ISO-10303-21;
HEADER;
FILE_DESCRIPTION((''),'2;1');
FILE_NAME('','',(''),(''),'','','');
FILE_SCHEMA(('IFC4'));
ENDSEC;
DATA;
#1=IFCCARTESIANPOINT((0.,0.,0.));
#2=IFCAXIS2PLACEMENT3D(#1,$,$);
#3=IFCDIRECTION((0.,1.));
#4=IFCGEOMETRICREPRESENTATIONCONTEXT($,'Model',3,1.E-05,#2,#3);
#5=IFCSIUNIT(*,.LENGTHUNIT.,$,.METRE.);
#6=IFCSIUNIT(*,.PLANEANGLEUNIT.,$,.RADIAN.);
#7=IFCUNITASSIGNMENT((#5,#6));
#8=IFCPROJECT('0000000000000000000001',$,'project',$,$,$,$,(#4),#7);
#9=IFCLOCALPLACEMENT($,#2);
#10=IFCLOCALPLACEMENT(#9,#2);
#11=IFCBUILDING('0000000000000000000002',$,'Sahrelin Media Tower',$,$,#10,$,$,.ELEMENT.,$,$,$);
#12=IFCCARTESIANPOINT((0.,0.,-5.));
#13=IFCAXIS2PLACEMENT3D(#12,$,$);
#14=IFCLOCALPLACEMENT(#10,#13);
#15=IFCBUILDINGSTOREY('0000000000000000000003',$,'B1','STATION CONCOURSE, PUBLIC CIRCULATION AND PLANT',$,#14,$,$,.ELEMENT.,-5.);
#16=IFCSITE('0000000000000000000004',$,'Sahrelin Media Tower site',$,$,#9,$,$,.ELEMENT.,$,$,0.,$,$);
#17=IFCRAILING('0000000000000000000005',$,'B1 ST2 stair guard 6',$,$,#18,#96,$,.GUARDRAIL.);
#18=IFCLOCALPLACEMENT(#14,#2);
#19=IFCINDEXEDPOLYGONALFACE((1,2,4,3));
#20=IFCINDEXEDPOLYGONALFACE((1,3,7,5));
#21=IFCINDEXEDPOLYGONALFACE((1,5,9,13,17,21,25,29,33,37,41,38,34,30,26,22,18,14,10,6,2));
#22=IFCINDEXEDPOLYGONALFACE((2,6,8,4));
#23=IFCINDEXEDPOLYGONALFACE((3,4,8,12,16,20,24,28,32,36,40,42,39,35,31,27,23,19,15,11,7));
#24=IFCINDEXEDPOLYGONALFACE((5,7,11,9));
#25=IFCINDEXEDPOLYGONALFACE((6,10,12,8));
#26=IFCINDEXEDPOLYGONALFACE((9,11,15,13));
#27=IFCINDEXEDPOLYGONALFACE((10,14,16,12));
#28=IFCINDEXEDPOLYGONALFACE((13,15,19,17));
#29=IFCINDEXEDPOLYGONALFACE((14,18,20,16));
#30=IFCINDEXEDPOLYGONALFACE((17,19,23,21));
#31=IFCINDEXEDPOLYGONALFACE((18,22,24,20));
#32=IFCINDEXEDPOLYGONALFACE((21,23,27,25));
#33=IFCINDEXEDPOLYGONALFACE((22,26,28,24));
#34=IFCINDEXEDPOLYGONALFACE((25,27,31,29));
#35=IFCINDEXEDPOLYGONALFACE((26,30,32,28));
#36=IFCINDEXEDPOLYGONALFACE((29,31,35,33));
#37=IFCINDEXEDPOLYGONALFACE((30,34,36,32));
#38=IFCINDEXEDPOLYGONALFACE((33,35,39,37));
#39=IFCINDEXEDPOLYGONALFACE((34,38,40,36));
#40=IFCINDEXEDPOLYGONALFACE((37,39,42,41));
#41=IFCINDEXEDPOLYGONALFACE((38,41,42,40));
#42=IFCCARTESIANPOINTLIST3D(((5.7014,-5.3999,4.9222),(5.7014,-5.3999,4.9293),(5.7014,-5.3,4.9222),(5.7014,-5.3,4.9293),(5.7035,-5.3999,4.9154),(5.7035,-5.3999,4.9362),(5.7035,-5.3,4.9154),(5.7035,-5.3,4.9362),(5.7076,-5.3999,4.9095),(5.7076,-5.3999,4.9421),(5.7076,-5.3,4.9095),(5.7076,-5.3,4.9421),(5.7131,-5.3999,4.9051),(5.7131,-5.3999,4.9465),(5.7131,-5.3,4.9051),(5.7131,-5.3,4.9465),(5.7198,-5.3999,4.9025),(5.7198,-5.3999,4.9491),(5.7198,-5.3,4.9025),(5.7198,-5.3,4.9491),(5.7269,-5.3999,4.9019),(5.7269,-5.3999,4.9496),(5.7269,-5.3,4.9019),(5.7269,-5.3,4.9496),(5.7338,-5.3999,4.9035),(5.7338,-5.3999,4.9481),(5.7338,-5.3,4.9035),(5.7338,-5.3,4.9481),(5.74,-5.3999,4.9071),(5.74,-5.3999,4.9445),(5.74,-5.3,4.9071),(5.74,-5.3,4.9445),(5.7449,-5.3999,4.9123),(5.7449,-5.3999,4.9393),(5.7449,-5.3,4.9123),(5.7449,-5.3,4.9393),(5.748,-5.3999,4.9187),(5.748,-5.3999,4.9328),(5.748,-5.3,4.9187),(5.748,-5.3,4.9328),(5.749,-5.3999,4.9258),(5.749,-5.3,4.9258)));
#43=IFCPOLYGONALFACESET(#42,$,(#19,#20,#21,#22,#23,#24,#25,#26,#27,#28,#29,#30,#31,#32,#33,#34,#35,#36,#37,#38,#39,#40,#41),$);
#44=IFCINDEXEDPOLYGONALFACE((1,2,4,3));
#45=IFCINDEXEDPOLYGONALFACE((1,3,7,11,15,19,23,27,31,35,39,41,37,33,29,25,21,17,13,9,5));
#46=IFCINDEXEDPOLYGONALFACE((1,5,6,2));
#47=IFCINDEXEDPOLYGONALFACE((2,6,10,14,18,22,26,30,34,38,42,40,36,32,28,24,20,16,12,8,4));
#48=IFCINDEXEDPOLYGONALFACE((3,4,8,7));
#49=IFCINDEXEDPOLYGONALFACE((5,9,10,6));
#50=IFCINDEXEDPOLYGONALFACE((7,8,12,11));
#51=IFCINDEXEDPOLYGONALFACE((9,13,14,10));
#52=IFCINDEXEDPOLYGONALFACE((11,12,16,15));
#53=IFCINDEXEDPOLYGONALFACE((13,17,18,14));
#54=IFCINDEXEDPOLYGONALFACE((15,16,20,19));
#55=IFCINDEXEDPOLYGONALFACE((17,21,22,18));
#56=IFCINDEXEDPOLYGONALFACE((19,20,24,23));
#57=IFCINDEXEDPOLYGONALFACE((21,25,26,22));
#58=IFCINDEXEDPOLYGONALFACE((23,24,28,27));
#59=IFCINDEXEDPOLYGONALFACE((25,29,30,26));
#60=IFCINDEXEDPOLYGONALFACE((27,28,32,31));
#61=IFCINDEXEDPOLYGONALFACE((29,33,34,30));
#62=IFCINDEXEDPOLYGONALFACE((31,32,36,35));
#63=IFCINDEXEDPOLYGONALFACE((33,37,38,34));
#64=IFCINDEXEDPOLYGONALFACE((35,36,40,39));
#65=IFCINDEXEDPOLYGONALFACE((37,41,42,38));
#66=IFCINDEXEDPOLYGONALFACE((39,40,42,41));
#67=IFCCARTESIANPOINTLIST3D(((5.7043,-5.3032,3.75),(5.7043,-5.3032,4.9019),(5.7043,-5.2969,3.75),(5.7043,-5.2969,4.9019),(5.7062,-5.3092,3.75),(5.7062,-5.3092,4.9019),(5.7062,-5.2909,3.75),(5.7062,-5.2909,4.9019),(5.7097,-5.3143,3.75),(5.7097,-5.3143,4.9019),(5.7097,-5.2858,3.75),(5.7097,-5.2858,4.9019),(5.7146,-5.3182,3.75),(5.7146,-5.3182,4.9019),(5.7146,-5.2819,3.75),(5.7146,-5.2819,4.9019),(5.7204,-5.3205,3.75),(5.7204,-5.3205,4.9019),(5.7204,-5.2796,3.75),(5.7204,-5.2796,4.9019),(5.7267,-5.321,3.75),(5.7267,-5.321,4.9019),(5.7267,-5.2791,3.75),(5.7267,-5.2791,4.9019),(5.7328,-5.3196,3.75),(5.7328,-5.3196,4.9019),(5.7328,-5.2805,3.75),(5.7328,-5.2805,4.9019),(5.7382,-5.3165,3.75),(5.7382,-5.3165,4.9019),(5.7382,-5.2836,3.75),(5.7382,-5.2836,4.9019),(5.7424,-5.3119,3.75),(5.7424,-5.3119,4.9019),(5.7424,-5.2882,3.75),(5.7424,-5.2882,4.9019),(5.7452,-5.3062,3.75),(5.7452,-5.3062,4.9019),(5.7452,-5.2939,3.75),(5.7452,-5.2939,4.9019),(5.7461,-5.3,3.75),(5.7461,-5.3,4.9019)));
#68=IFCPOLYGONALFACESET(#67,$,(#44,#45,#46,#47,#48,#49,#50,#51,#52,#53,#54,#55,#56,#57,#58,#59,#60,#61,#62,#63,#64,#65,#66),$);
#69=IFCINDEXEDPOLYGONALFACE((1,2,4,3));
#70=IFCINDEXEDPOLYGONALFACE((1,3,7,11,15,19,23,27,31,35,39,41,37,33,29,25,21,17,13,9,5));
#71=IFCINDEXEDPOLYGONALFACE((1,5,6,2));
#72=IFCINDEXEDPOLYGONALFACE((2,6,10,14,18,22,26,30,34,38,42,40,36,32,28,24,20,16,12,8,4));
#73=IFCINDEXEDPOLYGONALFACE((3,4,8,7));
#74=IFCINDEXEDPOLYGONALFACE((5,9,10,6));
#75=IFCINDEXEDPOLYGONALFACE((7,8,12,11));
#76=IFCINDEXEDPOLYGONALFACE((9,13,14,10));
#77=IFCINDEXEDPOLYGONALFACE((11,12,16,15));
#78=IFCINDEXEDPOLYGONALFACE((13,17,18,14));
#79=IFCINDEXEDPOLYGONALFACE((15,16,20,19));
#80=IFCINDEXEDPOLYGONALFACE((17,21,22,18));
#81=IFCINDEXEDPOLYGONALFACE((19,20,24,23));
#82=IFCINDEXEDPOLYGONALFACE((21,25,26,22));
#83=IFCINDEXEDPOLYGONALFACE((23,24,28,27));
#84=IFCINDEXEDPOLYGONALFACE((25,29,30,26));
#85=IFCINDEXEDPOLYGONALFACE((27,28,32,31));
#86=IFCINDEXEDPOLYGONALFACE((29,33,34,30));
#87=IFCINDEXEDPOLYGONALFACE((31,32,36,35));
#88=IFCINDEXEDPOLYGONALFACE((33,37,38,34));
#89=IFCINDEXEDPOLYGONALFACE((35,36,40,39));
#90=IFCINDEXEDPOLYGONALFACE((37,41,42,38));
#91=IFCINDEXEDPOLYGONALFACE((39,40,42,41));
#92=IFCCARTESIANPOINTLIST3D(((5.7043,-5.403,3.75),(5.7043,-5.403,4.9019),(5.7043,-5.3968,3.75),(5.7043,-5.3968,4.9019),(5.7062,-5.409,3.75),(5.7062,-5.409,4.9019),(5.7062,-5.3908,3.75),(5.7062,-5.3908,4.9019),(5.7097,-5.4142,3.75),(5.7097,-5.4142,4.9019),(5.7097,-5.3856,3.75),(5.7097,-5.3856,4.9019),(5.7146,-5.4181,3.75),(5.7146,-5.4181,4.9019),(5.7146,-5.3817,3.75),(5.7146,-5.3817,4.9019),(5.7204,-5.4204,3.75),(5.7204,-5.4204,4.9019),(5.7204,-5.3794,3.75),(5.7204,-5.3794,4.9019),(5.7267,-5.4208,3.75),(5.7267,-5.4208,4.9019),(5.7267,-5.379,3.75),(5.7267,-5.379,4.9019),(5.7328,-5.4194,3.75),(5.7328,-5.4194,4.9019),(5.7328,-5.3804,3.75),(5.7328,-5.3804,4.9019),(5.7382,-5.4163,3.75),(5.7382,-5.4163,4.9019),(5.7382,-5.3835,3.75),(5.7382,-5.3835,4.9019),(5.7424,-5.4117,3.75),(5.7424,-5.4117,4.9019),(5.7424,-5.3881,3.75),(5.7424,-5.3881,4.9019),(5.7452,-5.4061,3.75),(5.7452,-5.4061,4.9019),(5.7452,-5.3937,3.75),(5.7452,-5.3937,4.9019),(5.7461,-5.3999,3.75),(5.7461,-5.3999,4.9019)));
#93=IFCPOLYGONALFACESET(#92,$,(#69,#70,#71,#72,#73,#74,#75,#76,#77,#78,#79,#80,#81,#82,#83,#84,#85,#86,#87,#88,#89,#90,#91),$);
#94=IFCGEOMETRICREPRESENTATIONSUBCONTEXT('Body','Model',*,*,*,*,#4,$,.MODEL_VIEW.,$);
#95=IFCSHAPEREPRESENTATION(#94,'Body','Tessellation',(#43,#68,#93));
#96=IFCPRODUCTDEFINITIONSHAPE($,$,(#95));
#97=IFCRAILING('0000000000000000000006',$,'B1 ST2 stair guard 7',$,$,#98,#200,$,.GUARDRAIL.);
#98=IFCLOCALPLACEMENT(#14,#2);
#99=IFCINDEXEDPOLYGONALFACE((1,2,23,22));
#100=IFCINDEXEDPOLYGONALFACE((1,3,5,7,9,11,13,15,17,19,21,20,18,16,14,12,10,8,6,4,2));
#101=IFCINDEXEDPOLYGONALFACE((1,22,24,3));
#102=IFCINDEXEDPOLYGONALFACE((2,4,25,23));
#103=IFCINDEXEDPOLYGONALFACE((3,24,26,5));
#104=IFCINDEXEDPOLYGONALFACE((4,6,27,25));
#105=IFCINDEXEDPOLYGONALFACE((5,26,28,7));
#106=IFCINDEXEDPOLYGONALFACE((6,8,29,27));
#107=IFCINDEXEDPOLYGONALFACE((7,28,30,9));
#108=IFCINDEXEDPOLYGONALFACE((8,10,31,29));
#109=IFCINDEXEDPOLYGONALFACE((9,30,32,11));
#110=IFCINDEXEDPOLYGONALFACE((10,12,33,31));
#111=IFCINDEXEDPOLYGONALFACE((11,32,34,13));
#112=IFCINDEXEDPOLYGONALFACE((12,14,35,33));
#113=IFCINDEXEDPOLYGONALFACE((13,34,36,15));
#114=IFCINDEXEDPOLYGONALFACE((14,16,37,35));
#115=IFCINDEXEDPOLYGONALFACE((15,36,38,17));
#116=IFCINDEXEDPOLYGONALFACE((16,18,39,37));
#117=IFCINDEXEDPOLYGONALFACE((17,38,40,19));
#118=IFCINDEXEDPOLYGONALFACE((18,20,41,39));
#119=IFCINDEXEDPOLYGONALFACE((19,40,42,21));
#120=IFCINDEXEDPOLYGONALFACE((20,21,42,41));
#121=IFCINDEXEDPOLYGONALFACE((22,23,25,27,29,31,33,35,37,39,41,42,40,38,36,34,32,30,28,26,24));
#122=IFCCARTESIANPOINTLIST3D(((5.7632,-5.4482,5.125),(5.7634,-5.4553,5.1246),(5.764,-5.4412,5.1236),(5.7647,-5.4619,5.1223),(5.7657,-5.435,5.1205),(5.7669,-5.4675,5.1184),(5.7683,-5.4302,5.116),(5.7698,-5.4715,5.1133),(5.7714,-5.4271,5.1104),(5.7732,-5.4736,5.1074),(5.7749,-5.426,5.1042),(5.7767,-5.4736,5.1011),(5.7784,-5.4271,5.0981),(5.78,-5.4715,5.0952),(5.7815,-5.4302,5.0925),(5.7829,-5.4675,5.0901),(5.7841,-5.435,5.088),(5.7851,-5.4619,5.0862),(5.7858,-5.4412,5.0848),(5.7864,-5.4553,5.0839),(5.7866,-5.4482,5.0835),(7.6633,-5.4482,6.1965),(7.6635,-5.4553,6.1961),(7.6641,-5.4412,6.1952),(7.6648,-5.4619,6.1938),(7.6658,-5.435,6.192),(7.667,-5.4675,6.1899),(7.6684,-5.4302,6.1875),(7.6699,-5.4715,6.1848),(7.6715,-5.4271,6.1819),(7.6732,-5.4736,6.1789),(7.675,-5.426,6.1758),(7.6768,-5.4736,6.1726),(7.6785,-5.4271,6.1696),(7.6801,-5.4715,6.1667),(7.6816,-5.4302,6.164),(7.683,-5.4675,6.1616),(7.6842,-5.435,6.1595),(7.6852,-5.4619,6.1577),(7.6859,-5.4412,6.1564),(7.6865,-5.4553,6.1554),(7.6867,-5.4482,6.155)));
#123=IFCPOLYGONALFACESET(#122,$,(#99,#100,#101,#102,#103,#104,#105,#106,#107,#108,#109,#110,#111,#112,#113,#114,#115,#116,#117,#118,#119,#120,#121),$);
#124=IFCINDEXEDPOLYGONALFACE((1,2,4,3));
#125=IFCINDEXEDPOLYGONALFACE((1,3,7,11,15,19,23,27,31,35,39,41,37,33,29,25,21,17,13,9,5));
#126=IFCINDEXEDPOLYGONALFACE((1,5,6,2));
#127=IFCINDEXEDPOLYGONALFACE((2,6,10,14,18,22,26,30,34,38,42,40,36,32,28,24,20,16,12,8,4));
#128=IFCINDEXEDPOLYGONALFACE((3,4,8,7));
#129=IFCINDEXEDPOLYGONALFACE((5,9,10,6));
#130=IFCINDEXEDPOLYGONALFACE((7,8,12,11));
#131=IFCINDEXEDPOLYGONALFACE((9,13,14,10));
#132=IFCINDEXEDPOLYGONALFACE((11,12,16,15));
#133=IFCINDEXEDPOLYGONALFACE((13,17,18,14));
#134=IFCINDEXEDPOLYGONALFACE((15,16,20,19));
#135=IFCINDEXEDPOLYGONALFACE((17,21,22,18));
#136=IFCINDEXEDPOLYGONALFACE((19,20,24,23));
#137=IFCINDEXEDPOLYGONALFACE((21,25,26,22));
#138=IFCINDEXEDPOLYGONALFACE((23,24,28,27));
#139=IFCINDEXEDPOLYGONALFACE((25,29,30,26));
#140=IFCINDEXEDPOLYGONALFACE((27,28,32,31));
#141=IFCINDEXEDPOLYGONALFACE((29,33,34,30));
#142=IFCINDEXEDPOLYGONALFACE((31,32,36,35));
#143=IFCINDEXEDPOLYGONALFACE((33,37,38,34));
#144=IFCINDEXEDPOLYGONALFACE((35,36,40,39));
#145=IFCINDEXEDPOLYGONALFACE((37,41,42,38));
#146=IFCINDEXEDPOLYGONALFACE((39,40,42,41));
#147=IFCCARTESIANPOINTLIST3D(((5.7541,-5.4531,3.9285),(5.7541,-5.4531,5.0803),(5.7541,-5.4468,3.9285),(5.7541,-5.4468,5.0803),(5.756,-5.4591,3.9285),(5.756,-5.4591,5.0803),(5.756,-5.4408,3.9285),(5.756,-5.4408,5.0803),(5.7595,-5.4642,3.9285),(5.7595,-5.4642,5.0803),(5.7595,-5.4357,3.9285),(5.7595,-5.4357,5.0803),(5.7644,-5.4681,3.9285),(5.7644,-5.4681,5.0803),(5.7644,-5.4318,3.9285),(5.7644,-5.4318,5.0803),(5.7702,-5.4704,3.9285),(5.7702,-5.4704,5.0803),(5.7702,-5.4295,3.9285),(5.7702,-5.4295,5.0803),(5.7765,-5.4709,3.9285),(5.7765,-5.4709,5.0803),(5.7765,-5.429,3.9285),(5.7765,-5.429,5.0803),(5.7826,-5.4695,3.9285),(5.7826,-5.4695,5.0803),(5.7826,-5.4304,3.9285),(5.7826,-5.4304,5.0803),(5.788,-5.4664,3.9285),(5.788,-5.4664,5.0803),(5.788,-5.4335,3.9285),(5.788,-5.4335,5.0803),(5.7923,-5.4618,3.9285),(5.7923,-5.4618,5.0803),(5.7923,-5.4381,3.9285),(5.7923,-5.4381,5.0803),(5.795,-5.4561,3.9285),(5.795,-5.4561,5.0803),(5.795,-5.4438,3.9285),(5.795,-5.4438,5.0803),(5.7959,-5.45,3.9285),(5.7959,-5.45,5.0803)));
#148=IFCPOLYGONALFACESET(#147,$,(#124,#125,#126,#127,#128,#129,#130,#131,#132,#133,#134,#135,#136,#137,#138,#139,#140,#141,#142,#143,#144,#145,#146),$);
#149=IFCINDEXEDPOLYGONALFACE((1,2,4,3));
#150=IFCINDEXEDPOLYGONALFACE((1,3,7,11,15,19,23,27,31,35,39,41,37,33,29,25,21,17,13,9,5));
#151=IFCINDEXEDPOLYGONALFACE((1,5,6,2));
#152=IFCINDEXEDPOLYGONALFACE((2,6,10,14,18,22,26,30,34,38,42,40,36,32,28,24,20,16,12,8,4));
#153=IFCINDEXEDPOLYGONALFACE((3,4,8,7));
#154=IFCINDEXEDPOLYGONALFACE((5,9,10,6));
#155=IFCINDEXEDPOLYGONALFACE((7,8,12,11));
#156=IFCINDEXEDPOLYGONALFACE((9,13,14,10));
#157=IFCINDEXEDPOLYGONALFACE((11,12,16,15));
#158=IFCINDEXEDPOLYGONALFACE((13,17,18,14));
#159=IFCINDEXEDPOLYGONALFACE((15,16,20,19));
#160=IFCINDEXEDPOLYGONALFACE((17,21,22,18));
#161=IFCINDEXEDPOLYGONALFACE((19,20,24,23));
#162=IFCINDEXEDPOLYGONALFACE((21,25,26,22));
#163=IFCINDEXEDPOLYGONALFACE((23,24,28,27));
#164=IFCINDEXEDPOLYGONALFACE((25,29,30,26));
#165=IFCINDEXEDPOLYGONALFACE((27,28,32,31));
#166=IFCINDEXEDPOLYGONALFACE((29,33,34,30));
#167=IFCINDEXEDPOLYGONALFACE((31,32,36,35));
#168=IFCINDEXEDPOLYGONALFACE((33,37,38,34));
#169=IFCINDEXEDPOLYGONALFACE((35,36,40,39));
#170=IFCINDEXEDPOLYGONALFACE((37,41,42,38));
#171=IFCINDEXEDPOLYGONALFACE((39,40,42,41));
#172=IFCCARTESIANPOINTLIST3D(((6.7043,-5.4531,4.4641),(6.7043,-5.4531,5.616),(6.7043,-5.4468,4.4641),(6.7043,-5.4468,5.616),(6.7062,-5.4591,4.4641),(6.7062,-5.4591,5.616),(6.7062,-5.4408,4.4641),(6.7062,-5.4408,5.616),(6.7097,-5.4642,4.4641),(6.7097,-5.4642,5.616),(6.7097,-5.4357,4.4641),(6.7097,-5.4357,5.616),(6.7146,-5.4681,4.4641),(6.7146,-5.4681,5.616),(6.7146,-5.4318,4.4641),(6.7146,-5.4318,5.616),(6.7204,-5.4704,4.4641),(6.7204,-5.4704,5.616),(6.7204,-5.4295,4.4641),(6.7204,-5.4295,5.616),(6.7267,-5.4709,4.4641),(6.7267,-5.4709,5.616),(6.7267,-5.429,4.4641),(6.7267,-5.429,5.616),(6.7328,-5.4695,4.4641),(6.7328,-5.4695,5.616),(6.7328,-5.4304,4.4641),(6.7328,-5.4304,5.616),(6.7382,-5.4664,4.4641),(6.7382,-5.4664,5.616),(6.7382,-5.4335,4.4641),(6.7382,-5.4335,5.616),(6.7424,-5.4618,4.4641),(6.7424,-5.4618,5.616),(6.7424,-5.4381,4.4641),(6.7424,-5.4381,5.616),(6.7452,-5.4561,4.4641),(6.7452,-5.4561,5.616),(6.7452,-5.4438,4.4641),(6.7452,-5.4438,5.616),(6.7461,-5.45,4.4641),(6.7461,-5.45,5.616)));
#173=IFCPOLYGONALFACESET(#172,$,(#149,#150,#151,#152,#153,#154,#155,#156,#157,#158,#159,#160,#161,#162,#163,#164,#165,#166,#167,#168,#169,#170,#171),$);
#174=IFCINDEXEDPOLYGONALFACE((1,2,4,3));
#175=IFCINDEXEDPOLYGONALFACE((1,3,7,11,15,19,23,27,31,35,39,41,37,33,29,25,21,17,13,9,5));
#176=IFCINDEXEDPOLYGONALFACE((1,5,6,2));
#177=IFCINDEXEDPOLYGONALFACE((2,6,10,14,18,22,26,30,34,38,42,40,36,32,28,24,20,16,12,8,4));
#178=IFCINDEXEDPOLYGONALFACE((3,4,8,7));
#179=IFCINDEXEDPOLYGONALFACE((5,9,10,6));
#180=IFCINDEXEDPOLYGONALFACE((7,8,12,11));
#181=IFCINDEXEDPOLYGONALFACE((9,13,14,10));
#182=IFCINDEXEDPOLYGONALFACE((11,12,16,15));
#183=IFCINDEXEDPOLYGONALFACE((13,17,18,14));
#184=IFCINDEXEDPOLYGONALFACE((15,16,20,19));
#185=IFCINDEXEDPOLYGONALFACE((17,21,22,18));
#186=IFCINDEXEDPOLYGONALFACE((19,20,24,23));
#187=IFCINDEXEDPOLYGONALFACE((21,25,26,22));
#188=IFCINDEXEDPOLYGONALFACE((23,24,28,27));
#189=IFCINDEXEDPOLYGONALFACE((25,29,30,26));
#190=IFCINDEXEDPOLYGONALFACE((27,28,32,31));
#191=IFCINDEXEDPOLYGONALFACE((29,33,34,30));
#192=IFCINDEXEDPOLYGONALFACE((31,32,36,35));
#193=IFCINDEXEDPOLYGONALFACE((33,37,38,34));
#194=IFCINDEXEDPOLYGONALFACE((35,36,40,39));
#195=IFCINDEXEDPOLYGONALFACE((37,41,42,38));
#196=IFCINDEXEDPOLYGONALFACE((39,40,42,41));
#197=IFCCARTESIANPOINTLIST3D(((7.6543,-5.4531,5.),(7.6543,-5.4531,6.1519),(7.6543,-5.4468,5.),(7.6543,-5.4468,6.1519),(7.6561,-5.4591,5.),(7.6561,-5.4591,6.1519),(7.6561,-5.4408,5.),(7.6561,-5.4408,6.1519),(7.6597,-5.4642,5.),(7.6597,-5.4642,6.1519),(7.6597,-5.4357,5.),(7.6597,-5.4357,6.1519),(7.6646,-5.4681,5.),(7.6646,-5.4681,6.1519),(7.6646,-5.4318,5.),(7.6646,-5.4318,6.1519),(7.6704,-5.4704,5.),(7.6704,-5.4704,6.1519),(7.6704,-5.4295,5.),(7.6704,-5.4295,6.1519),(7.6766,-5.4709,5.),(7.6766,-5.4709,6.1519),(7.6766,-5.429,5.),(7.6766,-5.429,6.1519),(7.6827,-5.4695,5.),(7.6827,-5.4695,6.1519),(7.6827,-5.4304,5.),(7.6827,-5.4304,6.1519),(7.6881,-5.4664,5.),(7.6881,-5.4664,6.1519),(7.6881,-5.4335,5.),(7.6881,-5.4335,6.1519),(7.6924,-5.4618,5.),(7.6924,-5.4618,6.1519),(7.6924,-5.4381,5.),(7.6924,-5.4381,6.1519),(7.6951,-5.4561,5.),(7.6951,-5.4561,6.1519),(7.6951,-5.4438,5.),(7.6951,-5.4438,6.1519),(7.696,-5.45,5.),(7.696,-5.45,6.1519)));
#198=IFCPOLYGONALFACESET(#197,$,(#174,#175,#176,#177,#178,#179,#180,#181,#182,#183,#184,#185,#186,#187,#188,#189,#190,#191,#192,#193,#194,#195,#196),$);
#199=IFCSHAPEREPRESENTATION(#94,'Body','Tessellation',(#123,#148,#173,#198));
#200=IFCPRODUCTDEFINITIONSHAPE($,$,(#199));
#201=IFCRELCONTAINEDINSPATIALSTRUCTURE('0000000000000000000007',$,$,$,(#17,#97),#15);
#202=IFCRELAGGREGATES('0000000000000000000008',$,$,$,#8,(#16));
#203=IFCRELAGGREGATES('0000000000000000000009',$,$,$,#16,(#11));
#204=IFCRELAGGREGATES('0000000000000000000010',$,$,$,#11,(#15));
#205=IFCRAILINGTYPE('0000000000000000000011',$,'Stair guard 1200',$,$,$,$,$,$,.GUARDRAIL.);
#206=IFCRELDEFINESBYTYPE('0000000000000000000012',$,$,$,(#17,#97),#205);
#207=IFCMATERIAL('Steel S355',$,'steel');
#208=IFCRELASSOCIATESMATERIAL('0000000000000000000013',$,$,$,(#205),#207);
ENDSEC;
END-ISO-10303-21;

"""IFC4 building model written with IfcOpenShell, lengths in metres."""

from ifc_helpers import new_model, si_unit, direction, frame, origin, origin_2d, place, context, subcontext, project, spatial, circle, extrude, material, type_object, element, save


model = new_model("IFC4")

# Units and contexts
model_context = context("Model", 3, precision=1e-05, world=origin(), true_north=direction((0.0, 1.0)))
body_context = subcontext(model_context, "Body", "Model", "MODEL_VIEW")
ifc_project = project(units=[si_unit("LENGTHUNIT", "METRE"), si_unit("PLANEANGLEUNIT", "RADIAN")], contexts=[model_context])

# Site, building, storey
site_placement = place(None, origin())
site = spatial("IfcSite", under=ifc_project, at=site_placement, Name="Sahrelin Media Tower site", CompositionType="ELEMENT", RefElevation=0.0)
building_placement = place(site_placement, origin())
building = spatial("IfcBuilding", under=site, at=building_placement, Name="Sahrelin Media Tower", CompositionType="ELEMENT")
storey_placement = place(building_placement, frame((0.0, 0.0, -5.0)))
storey = spatial("IfcBuildingStorey", under=building, at=storey_placement, Name="B1", Description="STATION CONCOURSE, PUBLIC CIRCULATION AND PLANT", CompositionType="ELEMENT", Elevation=-5.0)

# Railings
ifc_material_1 = material(Name="Steel S355", Category="steel")
railing_type_1 = type_object("IfcRailingType", Name="Stair guard 1200", PredefinedType="GUARDRAIL", material=ifc_material_1)
for number, where, name in (
    (1, (5.7251, -5.3, 3.75), "B1 ST2 stair guard 6"),
):
    element("IfcRailing", number, at=place(storey_placement, frame(where)), inside=storey, type_object=railing_type_1, Name=name, PredefinedType="GUARDRAIL", context=body_context, shape_type="SweptSolid", body=[
        extrude(circle(Radius=0.0239, at=origin_2d()), frame((0.0, 0.0, 1.1758), z_axis=(0.0, -1.0, 0.0), x_axis=(1.0, 0.0, 0.0)), (0.0, 0.0, 1.0), 0.0999),
        extrude(circle(Radius=0.021, at=origin_2d()), origin(), (0.0, 0.0, 1.0), 1.1519),
        extrude(circle(Radius=0.021, at=origin_2d()), frame((0.0, -0.0999, 0.0)), (0.0, 0.0, 1.0), 1.1519),
    ])
railing_1_placement = place(storey_placement, frame((5.7749, -5.45, 3.9285)))
element("IfcRailing", 2, at=railing_1_placement, inside=storey, type_object=railing_type_1, Name="B1 ST2 stair guard 7", PredefinedType="GUARDRAIL", context=body_context, shape_type="SweptSolid", body=[
    extrude(circle(Radius=0.0239, at=origin_2d()), frame((0.0, 0.0, 1.1758), z_axis=(0.871046, 0.0, 0.491201), x_axis=(0.0, 1.0, 0.0)), (0.0, 0.0, 1.0), 2.1814),
    extrude(circle(Radius=0.021, at=origin_2d()), origin(), (0.0, 0.0, 1.0), 1.1519),
    extrude(circle(Radius=0.021, at=origin_2d()), frame((0.9502, 0.0, 0.5356)), (0.0, 0.0, 1.0), 1.1519),
    extrude(circle(Radius=0.021, at=origin_2d()), frame((1.9001, 0.0, 1.0715)), (0.0, 0.0, 1.0), 1.1519),
])

save(model, "model.ifc")
